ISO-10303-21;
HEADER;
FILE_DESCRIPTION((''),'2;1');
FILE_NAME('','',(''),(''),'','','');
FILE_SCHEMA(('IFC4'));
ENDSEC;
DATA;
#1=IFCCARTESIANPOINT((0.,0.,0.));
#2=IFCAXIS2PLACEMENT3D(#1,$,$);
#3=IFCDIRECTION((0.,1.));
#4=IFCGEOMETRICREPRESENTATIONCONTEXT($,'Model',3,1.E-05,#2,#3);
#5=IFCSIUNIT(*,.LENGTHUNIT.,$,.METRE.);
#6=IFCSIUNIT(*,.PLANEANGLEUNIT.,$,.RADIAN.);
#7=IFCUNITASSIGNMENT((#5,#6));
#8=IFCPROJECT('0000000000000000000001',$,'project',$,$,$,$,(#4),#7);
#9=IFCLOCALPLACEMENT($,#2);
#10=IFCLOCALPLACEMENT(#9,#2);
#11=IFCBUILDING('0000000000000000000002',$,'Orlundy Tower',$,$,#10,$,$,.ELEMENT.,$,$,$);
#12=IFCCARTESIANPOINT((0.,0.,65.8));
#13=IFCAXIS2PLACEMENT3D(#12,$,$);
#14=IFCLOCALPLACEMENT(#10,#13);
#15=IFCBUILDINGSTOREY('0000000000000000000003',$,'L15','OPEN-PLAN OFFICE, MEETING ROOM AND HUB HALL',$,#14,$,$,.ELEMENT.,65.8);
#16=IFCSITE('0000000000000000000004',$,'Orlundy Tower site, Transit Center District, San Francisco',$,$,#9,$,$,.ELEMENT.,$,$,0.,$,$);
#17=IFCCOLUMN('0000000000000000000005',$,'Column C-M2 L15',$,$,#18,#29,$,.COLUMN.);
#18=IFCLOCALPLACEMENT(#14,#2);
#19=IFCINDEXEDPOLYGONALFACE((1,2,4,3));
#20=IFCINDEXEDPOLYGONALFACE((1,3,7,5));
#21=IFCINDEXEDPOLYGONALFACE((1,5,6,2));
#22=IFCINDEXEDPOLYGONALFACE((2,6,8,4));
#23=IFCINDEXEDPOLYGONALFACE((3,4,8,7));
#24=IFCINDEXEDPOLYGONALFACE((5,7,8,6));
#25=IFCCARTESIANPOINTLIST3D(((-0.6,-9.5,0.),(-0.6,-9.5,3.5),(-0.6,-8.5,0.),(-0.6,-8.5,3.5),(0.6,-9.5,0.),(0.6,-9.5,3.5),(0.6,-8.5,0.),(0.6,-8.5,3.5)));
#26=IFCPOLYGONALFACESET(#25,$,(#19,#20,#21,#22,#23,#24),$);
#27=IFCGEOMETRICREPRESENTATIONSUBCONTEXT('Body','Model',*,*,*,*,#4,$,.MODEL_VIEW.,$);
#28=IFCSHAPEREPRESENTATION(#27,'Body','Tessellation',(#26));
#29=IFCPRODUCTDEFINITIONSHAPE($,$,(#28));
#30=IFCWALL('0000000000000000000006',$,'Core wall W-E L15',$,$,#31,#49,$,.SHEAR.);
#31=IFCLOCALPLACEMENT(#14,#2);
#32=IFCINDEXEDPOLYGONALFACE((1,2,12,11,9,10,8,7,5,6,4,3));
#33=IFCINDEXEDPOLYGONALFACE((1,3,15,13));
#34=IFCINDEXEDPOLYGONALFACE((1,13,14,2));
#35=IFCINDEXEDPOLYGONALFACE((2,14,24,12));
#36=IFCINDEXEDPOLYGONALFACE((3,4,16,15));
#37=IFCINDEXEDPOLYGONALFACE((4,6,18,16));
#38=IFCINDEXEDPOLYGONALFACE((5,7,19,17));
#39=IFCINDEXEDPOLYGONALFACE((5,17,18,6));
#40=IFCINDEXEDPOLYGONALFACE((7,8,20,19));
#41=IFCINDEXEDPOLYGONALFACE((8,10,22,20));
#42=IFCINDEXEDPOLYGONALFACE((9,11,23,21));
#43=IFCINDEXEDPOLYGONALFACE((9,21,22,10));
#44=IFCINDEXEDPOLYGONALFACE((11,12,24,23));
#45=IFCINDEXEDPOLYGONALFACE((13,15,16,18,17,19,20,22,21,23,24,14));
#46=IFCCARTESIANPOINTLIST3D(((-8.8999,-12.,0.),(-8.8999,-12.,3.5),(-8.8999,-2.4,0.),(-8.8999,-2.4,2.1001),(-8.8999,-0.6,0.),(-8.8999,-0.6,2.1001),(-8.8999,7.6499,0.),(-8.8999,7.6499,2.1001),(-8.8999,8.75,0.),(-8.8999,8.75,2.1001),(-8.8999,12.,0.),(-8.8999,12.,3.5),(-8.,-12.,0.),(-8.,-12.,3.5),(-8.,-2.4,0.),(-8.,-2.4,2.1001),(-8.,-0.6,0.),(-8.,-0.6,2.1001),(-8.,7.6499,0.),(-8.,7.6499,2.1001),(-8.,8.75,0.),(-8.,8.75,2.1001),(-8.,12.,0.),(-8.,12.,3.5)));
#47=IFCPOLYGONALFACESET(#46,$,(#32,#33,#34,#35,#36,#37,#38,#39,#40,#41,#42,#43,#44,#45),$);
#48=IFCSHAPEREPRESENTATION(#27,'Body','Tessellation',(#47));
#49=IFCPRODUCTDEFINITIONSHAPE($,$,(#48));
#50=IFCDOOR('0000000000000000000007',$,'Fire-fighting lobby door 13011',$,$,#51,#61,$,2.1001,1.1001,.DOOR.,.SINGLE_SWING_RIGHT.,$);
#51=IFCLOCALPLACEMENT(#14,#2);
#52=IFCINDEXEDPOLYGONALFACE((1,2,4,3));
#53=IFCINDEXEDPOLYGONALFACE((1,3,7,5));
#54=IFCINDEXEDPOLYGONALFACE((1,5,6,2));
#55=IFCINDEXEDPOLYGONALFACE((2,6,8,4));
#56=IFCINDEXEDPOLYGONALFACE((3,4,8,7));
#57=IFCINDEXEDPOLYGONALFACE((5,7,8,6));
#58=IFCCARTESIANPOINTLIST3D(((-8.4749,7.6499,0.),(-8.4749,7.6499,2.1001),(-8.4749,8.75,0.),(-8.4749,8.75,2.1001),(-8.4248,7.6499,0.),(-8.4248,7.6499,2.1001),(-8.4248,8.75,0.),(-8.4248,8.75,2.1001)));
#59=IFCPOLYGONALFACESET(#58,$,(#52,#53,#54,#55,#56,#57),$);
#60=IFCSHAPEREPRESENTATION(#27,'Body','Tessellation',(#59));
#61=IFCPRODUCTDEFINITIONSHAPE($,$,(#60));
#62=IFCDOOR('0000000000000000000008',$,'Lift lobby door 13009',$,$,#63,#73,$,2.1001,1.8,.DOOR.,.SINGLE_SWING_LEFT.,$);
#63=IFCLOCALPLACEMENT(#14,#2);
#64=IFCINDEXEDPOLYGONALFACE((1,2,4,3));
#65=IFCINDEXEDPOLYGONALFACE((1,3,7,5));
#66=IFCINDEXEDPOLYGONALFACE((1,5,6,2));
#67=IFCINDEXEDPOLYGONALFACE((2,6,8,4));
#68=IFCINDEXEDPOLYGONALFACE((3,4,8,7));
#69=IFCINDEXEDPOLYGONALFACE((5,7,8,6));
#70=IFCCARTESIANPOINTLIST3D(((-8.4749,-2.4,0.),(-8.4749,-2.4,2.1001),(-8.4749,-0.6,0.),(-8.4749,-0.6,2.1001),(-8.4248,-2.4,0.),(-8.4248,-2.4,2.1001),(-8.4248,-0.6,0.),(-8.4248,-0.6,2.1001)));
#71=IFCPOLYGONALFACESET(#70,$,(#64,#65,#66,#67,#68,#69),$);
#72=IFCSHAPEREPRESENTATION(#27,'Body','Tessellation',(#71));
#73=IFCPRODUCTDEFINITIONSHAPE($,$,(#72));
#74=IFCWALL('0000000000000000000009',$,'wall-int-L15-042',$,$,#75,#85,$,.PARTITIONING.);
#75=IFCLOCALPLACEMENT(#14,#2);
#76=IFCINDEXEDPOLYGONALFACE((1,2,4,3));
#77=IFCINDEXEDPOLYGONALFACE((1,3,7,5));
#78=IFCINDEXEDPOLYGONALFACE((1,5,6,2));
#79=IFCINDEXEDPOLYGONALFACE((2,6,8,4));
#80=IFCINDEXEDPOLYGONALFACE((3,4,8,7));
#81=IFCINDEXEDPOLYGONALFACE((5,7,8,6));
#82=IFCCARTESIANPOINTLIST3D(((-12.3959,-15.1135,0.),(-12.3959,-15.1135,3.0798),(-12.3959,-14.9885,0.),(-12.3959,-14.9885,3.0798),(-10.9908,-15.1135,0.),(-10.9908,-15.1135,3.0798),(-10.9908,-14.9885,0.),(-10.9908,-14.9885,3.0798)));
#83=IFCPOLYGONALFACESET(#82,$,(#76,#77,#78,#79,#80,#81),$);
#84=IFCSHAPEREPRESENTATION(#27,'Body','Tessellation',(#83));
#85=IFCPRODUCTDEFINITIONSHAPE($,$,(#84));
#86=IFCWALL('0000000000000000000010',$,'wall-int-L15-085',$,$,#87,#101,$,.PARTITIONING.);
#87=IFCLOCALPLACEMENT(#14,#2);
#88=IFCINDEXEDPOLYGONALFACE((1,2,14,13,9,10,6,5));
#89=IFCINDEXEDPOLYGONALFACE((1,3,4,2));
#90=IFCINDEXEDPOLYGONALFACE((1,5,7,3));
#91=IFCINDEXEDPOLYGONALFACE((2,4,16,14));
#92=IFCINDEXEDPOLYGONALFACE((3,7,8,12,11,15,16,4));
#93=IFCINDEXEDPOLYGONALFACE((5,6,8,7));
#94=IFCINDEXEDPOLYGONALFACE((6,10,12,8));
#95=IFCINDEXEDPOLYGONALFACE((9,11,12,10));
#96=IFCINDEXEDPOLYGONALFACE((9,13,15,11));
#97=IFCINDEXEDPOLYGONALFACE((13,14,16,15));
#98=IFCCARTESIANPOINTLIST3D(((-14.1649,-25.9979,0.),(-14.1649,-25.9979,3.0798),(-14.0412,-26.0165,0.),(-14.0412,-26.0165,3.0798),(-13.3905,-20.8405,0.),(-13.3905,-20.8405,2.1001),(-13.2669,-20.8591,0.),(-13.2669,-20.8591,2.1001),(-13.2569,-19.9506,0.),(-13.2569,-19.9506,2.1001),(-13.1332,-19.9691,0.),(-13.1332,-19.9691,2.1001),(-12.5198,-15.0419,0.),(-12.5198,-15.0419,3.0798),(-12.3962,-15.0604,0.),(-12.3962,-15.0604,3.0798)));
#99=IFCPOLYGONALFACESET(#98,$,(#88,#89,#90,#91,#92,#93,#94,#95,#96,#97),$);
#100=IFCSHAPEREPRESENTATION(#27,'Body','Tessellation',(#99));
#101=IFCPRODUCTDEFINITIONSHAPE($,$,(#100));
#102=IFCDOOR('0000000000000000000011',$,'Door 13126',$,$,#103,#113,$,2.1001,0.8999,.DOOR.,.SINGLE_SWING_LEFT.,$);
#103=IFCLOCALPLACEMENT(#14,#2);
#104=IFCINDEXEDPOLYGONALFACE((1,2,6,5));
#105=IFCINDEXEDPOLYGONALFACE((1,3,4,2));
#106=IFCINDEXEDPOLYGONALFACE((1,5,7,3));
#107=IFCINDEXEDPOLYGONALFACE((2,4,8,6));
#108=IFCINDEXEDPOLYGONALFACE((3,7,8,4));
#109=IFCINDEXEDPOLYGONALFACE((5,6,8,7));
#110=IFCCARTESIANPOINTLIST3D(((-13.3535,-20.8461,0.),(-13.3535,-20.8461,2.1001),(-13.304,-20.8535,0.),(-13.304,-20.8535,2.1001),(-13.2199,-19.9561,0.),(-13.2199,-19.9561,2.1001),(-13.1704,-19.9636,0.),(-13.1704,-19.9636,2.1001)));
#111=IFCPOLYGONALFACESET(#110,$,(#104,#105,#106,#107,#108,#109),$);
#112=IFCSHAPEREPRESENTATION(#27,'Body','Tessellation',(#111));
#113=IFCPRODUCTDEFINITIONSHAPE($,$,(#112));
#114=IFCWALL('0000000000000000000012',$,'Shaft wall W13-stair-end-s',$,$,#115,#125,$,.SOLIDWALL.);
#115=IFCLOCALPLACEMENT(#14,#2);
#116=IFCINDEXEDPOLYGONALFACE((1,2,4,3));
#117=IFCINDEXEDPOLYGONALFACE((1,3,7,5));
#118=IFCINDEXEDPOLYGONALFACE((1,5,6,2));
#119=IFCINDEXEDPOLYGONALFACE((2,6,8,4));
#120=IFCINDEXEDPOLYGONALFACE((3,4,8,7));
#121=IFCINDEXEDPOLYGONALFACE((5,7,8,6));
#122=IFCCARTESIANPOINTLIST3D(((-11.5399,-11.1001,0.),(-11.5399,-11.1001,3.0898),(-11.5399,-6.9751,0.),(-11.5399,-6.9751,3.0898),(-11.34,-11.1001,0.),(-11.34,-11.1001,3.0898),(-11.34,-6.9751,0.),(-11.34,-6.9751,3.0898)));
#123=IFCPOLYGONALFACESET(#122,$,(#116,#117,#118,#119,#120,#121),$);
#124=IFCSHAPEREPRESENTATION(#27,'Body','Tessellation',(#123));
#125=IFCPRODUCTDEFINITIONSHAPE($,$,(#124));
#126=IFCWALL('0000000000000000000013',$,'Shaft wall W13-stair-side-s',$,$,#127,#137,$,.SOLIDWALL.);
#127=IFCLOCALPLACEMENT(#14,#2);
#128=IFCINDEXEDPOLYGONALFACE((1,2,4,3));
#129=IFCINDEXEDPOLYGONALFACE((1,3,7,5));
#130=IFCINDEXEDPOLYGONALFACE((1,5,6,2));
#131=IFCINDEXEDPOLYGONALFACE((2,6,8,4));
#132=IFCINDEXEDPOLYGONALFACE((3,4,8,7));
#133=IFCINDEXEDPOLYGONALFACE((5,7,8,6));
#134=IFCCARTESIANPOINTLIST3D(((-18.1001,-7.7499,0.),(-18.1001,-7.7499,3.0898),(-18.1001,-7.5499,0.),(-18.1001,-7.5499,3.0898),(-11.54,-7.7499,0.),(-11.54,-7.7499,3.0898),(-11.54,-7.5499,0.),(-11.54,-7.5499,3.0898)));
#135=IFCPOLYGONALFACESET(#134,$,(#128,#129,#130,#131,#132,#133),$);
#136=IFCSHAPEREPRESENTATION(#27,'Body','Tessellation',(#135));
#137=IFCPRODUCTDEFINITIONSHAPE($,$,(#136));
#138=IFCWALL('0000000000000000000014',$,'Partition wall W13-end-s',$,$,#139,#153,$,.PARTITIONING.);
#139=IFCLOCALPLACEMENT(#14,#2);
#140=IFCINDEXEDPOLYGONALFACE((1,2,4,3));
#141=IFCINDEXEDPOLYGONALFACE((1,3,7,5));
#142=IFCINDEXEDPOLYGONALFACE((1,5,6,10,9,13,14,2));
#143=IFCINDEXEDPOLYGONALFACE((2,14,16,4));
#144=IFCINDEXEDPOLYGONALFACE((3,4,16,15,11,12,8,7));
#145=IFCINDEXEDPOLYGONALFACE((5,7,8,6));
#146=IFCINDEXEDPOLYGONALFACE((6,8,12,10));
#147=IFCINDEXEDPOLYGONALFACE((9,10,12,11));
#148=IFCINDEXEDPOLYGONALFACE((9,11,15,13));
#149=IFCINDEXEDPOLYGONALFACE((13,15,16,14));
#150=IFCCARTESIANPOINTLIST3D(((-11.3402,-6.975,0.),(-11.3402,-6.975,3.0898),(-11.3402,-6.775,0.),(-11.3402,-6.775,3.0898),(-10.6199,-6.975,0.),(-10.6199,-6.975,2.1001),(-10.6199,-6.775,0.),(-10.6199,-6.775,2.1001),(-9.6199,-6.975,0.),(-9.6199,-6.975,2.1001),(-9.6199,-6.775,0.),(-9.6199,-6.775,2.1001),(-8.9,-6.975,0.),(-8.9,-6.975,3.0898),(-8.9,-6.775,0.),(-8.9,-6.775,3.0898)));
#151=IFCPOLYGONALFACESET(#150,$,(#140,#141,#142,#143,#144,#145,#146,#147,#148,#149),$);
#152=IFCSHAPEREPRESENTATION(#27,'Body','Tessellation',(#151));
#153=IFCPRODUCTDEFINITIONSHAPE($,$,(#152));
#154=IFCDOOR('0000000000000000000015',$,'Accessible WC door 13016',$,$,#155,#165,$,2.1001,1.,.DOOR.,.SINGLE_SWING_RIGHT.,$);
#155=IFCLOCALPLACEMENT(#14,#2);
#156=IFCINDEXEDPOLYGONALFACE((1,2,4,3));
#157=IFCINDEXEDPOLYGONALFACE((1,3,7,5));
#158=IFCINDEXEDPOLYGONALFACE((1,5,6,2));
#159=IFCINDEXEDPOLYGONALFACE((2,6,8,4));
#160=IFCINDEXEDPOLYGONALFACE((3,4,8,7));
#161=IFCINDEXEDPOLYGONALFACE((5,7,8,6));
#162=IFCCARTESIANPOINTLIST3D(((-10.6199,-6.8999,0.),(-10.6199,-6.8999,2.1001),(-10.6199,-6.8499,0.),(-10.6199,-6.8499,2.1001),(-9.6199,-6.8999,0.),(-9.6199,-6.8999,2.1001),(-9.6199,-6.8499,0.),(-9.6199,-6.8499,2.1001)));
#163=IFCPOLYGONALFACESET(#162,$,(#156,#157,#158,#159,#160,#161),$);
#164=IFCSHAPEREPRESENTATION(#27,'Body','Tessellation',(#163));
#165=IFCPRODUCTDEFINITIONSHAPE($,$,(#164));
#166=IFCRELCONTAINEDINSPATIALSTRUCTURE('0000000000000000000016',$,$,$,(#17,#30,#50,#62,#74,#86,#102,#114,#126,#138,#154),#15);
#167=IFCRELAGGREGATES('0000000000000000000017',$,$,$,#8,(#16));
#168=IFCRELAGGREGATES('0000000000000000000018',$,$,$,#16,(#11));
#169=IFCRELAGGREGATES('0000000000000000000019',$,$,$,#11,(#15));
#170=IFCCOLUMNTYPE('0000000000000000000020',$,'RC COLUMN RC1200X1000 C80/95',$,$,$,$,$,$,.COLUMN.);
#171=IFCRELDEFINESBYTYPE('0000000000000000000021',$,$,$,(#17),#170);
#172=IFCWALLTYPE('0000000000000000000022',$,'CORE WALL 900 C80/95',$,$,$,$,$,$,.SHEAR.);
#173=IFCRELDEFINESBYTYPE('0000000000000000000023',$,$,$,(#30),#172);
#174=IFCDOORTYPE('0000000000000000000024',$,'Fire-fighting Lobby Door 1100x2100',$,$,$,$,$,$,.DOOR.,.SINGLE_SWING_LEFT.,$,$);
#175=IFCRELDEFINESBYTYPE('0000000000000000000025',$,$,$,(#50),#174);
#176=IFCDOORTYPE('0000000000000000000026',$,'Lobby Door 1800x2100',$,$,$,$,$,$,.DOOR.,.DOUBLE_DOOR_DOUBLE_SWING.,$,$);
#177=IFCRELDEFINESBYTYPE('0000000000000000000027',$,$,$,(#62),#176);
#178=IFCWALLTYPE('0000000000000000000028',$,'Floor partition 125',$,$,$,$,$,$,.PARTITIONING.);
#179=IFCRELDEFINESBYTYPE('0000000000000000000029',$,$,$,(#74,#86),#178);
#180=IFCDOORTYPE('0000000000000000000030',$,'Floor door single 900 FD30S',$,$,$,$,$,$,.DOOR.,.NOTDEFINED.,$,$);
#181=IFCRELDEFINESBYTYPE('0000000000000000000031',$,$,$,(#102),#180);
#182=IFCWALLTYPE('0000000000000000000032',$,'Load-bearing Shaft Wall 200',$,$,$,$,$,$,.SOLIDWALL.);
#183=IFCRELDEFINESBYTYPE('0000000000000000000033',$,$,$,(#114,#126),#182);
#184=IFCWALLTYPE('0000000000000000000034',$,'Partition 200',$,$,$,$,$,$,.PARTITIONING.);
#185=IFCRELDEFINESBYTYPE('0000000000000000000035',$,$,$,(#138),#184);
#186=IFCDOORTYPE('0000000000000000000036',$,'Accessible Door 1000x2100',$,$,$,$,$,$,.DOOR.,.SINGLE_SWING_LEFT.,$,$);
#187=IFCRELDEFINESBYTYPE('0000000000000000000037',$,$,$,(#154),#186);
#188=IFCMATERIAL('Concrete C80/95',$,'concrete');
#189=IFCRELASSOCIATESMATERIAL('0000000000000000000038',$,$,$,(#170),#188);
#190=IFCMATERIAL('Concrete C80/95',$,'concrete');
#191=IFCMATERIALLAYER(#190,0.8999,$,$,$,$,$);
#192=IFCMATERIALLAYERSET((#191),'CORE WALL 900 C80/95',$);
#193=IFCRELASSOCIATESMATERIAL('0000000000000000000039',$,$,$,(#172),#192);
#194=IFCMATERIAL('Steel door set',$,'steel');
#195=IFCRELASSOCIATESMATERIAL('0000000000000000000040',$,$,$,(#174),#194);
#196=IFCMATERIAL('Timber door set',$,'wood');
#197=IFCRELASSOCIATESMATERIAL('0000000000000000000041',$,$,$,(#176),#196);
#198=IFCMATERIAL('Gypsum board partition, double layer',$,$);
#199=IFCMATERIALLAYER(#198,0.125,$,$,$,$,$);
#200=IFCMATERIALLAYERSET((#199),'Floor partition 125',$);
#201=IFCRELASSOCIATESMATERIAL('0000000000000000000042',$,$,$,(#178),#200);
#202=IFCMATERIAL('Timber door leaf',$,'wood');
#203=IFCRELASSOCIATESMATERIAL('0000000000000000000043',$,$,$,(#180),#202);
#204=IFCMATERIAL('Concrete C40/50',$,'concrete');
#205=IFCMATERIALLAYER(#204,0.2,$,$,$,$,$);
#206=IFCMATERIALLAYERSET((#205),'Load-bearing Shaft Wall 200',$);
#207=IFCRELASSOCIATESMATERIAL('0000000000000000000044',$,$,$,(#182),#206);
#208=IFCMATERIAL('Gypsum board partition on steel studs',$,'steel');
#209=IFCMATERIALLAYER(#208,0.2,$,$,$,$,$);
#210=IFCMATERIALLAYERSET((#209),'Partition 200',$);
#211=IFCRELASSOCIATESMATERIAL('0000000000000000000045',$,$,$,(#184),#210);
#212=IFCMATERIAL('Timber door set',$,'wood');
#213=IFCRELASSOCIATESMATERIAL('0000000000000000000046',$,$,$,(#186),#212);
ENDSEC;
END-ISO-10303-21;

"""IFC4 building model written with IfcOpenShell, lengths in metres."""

from ifc_helpers import new_model, si_unit, direction, frame, frame_2d, origin, origin_2d, place, context, subcontext, project, spatial, rectangle, extrude, material, layer, layer_set, material_profile, profile_set, type_object, element, fill, save


model = new_model("IFC4")

# Units and contexts
model_context = context("Model", 3, precision=1e-05, world=origin(), true_north=direction((0.0, 1.0)))
body_context = subcontext(model_context, "Body", "Model", "MODEL_VIEW")
ifc_project = project(units=[si_unit("LENGTHUNIT", "METRE"), si_unit("PLANEANGLEUNIT", "RADIAN")], contexts=[model_context])

# Site, building, storey
site_placement = place(None, origin())
site = spatial("IfcSite", under=ifc_project, at=site_placement, Name="Orlundy Tower site, Transit Center District, San Francisco", CompositionType="ELEMENT", RefElevation=0.0)
building_placement = place(site_placement, origin())
building = spatial("IfcBuilding", under=site, at=building_placement, Name="Orlundy Tower", CompositionType="ELEMENT")
storey_placement = place(building_placement, frame((0.0, 0.0, 65.8)))
storey = spatial("IfcBuildingStorey", under=building, at=storey_placement, Name="L15", Description="OPEN-PLAN OFFICE, MEETING ROOM AND HUB HALL", CompositionType="ELEMENT", Elevation=65.8)

# Column
ifc_material_1 = material(Name="Concrete C80/95", Category="concrete")
ifc_material_profile = material_profile(ifc_material_1, rectangle(XDim=1.2, YDim=1.0, at=origin_2d()), Name="RC1200X1000")
ifc_profile_set = profile_set([ifc_material_profile], Name="Concrete C80/95")
column_type = type_object("IfcColumnType", Name="RC COLUMN RC1200X1000 C80/95", PredefinedType="COLUMN", material=ifc_profile_set)
column_placement = place(storey_placement, frame((0.0, -9.0, 0.0), z_axis=(0.0, 0.0, 1.0), x_axis=(1.0, 0.0, 0.0)))
element("IfcColumn", 1, at=column_placement, inside=storey, type_object=column_type, Name="Column C-M2 L15", PredefinedType="COLUMN", context=body_context, shape_type="SweptSolid", body=[
    extrude(rectangle(XDim=1.2, YDim=1.0, at=origin_2d()), origin(), (0.0, 0.0, 1.0), 3.5),
])

# Wall, openings, doors
ifc_material_2 = material(Name="Concrete C80/95", Category="concrete")
ifc_layer_1 = layer(ifc_material_2, 0.8999)
ifc_layer_set_1 = layer_set([ifc_layer_1], Name="CORE WALL 900 C80/95")
wall_type_1 = type_object("IfcWallType", Name="CORE WALL 900 C80/95", PredefinedType="SHEAR", material=ifc_layer_set_1)
wall_1_placement = place(storey_placement, frame((-8.45, -12.0, 0.0), z_axis=(0.0, 0.0, 1.0), x_axis=(0.0, 1.0, 0.0)))
wall_1 = element("IfcWall", 2, at=wall_1_placement, inside=storey, type_object=wall_type_1, Name="Core wall W-E L15", PredefinedType="SHEAR", context=body_context, shape_type="SweptSolid", body=[
    extrude(rectangle(XDim=24.0, YDim=0.8999, at=frame_2d((12.0, 0.0))), origin(), (0.0, 0.0, 1.0), 3.5),
])
opening_1_placement = place(wall_1_placement, frame((9.6001, 0.0, 0.0)))
opening_1 = element("IfcOpeningElement", 3, at=opening_1_placement, cuts=wall_1, PredefinedType="OPENING", context=body_context, shape_type="SweptSolid", body=[
    extrude(rectangle(XDim=1.8, YDim=2.1001, at=frame_2d((0.8999, 1.05))), frame((0.0, 0.46, 0.0), z_axis=(0.0, -1.0, 0.0), x_axis=(1.0, 0.0, 0.0)), (0.0, 0.0, 1.0), 0.9199),
])
opening_2_placement = place(wall_1_placement, frame((19.6499, 0.0, 0.0)))
opening_2 = element("IfcOpeningElement", 4, at=opening_2_placement, cuts=wall_1, PredefinedType="OPENING", context=body_context, shape_type="SweptSolid", body=[
    extrude(rectangle(XDim=1.1001, YDim=2.1001, at=frame_2d((0.55, 1.05))), frame((0.0, 0.46, 0.0), z_axis=(0.0, -1.0, 0.0), x_axis=(1.0, 0.0, 0.0)), (0.0, 0.0, 1.0), 0.9199),
])
ifc_material_3 = material(Name="Steel door set", Category="steel")
door_type_1 = type_object("IfcDoorType", Name="Fire-fighting Lobby Door 1100x2100", OperationType="SINGLE_SWING_LEFT", PredefinedType="DOOR", material=ifc_material_3)
door_1_placement = place(opening_2_placement, origin())
door_1 = element("IfcDoor", 5, at=door_1_placement, inside=storey, type_object=door_type_1, Name="Fire-fighting lobby door 13011", OperationType="SINGLE_SWING_RIGHT", OverallHeight=2.1001, OverallWidth=1.1001, PredefinedType="DOOR", context=body_context, shape_type="SweptSolid", body=[
    extrude(rectangle(XDim=1.1001, YDim=2.1001, at=frame_2d((0.55, 1.05))), frame((0.0, 0.0249, 0.0), z_axis=(0.0, -1.0, 0.0), x_axis=(1.0, 0.0, 0.0)), (0.0, 0.0, 1.0), 0.05),
])
fill(opening_2, door_1)
ifc_material_4 = material(Name="Timber door set", Category="wood")
door_type_2 = type_object("IfcDoorType", Name="Lobby Door 1800x2100", OperationType="DOUBLE_DOOR_DOUBLE_SWING", PredefinedType="DOOR", material=ifc_material_4)
door_2_placement = place(opening_1_placement, origin())
door_2 = element("IfcDoor", 6, at=door_2_placement, inside=storey, type_object=door_type_2, Name="Lift lobby door 13009", OperationType="SINGLE_SWING_LEFT", OverallHeight=2.1001, OverallWidth=1.8, PredefinedType="DOOR", context=body_context, shape_type="SweptSolid", body=[
    extrude(rectangle(XDim=1.8, YDim=2.1001, at=frame_2d((0.8999, 1.05))), frame((0.0, 0.0249, 0.0), z_axis=(0.0, -1.0, 0.0), x_axis=(1.0, 0.0, 0.0)), (0.0, 0.0, 1.0), 0.05),
])
fill(opening_1, door_2)

# Wall
ifc_material_5 = material(Name="Gypsum board partition, double layer")
ifc_layer_2 = layer(ifc_material_5, 0.125)
ifc_layer_set_2 = layer_set([ifc_layer_2], Name="Floor partition 125")
wall_type_2 = type_object("IfcWallType", Name="Floor partition 125", PredefinedType="PARTITIONING", material=ifc_layer_set_2)
wall_2_placement = place(storey_placement, frame((-12.396, -15.051, 0.0), z_axis=(0.0, 0.0, 1.0), x_axis=(1.0, 0.0, 0.0)))
element("IfcWall", 7, at=wall_2_placement, inside=storey, type_object=wall_type_2, Name="wall-int-L15-042", PredefinedType="PARTITIONING", context=body_context, shape_type="SweptSolid", body=[
    extrude(rectangle(XDim=1.405, YDim=0.125, at=frame_2d((0.7026, 0.0))), origin(), (0.0, 0.0, 1.0), 3.0798),
])

# Wall, opening, door
wall_3_placement = place(storey_placement, frame((-12.458, -15.051, 0.0), z_axis=(0.0, 0.0, 1.0), x_axis=(-0.148483, -0.988915, 0.0)))
wall_3 = element("IfcWall", 8, at=wall_3_placement, inside=storey, type_object=wall_type_2, Name="wall-int-L15-085", PredefinedType="PARTITIONING", context=body_context, shape_type="SweptSolid", body=[
    extrude(rectangle(XDim=11.0789, YDim=0.125, at=frame_2d((5.5396, 0.0))), origin(), (0.0, 0.0, 1.0), 3.0798),
])
opening_3_placement = place(wall_3_placement, frame((4.9639, 0.0, 0.0)))
opening_3 = element("IfcOpeningElement", 9, at=opening_3_placement, cuts=wall_3, PredefinedType="OPENING", context=body_context, shape_type="SweptSolid", body=[
    extrude(rectangle(XDim=0.8999, YDim=2.1001, at=frame_2d((0.45, 1.05))), frame((0.0, 0.0725, 0.0), z_axis=(0.0, -1.0, 0.0), x_axis=(1.0, 0.0, 0.0)), (0.0, 0.0, 1.0), 0.145),
])
ifc_material_6 = material(Name="Timber door leaf", Category="wood")
door_type_3 = type_object("IfcDoorType", Name="Floor door single 900 FD30S", OperationType="NOTDEFINED", PredefinedType="DOOR", material=ifc_material_6)
door_3_placement = place(opening_3_placement, origin())
door_3 = element("IfcDoor", 10, at=door_3_placement, inside=storey, type_object=door_type_3, Name="Door 13126", OperationType="SINGLE_SWING_LEFT", OverallHeight=2.1001, OverallWidth=0.8999, PredefinedType="DOOR", context=body_context, shape_type="SweptSolid", body=[
    extrude(rectangle(XDim=0.8999, YDim=2.1001, at=frame_2d((0.45, 1.05))), frame((0.0, 0.0249, 0.0), z_axis=(0.0, -1.0, 0.0), x_axis=(1.0, 0.0, 0.0)), (0.0, 0.0, 1.0), 0.05),
])
fill(opening_3, door_3)

# Walls
ifc_material_7 = material(Name="Concrete C40/50", Category="concrete")
ifc_layer_3 = layer(ifc_material_7, 0.2)
ifc_layer_set_3 = layer_set([ifc_layer_3], Name="Load-bearing Shaft Wall 200")
wall_type_3 = type_object("IfcWallType", Name="Load-bearing Shaft Wall 200", PredefinedType="SOLIDWALL", material=ifc_layer_set_3)
wall_4_placement = place(storey_placement, frame((-11.4399, -11.1001, 0.0), z_axis=(0.0, 0.0, 1.0), x_axis=(0.0, 1.0, 0.0)))
element("IfcWall", 11, at=wall_4_placement, inside=storey, type_object=wall_type_3, Name="Shaft wall W13-stair-end-s", PredefinedType="SOLIDWALL", context=body_context, shape_type="SweptSolid", body=[
    extrude(rectangle(XDim=4.125, YDim=0.2, at=frame_2d((2.0625, 0.0))), origin(), (0.0, 0.0, 1.0), 3.0898),
])
wall_5_placement = place(storey_placement, frame((-11.54, -7.6499, 0.0), z_axis=(0.0, 0.0, 1.0), x_axis=(-1.0, 0.0, 0.0)))
element("IfcWall", 12, at=wall_5_placement, inside=storey, type_object=wall_type_3, Name="Shaft wall W13-stair-side-s", PredefinedType="SOLIDWALL", context=body_context, shape_type="SweptSolid", body=[
    extrude(rectangle(XDim=6.5601, YDim=0.2, at=frame_2d((3.28, 0.0))), origin(), (0.0, 0.0, 1.0), 3.0898),
])

# Wall, opening, door
ifc_material_8 = material(Name="Gypsum board partition on steel studs", Category="steel")
ifc_layer_4 = layer(ifc_material_8, 0.2)
ifc_layer_set_4 = layer_set([ifc_layer_4], Name="Partition 200")
wall_type_4 = type_object("IfcWallType", Name="Partition 200", PredefinedType="PARTITIONING", material=ifc_layer_set_4)
wall_6_placement = place(storey_placement, frame((-8.8999, -6.875, 0.0), z_axis=(0.0, 0.0, 1.0), x_axis=(-1.0, 0.0, 0.0)))
wall_6 = element("IfcWall", 13, at=wall_6_placement, inside=storey, type_object=wall_type_4, Name="Partition wall W13-end-s", PredefinedType="PARTITIONING", context=body_context, shape_type="SweptSolid", body=[
    extrude(rectangle(XDim=2.4402, YDim=0.2, at=frame_2d((1.2202, 0.0))), origin(), (0.0, 0.0, 1.0), 3.0898),
])
opening_4_placement = place(wall_6_placement, frame((0.72, 0.0, 0.0)))
opening_4 = element("IfcOpeningElement", 14, at=opening_4_placement, cuts=wall_6, PredefinedType="OPENING", context=body_context, shape_type="SweptSolid", body=[
    extrude(rectangle(XDim=1.0, YDim=2.1001, at=frame_2d((0.5, 1.05))), frame((0.0, 0.1101, 0.0), z_axis=(0.0, -1.0, 0.0), x_axis=(1.0, 0.0, 0.0)), (0.0, 0.0, 1.0), 0.2202),
])
ifc_material_9 = material(Name="Timber door set", Category="wood")
door_type_4 = type_object("IfcDoorType", Name="Accessible Door 1000x2100", OperationType="SINGLE_SWING_LEFT", PredefinedType="DOOR", material=ifc_material_9)
door_4_placement = place(opening_4_placement, origin())
door_4 = element("IfcDoor", 15, at=door_4_placement, inside=storey, type_object=door_type_4, Name="Accessible WC door 13016", OperationType="SINGLE_SWING_RIGHT", OverallHeight=2.1001, OverallWidth=1.0, PredefinedType="DOOR", context=body_context, shape_type="SweptSolid", body=[
    extrude(rectangle(XDim=1.0, YDim=2.1001, at=frame_2d((0.5, 1.05))), frame((0.0, 0.0249, 0.0), z_axis=(0.0, -1.0, 0.0), x_axis=(1.0, 0.0, 0.0)), (0.0, 0.0, 1.0), 0.05),
])
fill(opening_4, door_4)

save(model, "model.ifc")
